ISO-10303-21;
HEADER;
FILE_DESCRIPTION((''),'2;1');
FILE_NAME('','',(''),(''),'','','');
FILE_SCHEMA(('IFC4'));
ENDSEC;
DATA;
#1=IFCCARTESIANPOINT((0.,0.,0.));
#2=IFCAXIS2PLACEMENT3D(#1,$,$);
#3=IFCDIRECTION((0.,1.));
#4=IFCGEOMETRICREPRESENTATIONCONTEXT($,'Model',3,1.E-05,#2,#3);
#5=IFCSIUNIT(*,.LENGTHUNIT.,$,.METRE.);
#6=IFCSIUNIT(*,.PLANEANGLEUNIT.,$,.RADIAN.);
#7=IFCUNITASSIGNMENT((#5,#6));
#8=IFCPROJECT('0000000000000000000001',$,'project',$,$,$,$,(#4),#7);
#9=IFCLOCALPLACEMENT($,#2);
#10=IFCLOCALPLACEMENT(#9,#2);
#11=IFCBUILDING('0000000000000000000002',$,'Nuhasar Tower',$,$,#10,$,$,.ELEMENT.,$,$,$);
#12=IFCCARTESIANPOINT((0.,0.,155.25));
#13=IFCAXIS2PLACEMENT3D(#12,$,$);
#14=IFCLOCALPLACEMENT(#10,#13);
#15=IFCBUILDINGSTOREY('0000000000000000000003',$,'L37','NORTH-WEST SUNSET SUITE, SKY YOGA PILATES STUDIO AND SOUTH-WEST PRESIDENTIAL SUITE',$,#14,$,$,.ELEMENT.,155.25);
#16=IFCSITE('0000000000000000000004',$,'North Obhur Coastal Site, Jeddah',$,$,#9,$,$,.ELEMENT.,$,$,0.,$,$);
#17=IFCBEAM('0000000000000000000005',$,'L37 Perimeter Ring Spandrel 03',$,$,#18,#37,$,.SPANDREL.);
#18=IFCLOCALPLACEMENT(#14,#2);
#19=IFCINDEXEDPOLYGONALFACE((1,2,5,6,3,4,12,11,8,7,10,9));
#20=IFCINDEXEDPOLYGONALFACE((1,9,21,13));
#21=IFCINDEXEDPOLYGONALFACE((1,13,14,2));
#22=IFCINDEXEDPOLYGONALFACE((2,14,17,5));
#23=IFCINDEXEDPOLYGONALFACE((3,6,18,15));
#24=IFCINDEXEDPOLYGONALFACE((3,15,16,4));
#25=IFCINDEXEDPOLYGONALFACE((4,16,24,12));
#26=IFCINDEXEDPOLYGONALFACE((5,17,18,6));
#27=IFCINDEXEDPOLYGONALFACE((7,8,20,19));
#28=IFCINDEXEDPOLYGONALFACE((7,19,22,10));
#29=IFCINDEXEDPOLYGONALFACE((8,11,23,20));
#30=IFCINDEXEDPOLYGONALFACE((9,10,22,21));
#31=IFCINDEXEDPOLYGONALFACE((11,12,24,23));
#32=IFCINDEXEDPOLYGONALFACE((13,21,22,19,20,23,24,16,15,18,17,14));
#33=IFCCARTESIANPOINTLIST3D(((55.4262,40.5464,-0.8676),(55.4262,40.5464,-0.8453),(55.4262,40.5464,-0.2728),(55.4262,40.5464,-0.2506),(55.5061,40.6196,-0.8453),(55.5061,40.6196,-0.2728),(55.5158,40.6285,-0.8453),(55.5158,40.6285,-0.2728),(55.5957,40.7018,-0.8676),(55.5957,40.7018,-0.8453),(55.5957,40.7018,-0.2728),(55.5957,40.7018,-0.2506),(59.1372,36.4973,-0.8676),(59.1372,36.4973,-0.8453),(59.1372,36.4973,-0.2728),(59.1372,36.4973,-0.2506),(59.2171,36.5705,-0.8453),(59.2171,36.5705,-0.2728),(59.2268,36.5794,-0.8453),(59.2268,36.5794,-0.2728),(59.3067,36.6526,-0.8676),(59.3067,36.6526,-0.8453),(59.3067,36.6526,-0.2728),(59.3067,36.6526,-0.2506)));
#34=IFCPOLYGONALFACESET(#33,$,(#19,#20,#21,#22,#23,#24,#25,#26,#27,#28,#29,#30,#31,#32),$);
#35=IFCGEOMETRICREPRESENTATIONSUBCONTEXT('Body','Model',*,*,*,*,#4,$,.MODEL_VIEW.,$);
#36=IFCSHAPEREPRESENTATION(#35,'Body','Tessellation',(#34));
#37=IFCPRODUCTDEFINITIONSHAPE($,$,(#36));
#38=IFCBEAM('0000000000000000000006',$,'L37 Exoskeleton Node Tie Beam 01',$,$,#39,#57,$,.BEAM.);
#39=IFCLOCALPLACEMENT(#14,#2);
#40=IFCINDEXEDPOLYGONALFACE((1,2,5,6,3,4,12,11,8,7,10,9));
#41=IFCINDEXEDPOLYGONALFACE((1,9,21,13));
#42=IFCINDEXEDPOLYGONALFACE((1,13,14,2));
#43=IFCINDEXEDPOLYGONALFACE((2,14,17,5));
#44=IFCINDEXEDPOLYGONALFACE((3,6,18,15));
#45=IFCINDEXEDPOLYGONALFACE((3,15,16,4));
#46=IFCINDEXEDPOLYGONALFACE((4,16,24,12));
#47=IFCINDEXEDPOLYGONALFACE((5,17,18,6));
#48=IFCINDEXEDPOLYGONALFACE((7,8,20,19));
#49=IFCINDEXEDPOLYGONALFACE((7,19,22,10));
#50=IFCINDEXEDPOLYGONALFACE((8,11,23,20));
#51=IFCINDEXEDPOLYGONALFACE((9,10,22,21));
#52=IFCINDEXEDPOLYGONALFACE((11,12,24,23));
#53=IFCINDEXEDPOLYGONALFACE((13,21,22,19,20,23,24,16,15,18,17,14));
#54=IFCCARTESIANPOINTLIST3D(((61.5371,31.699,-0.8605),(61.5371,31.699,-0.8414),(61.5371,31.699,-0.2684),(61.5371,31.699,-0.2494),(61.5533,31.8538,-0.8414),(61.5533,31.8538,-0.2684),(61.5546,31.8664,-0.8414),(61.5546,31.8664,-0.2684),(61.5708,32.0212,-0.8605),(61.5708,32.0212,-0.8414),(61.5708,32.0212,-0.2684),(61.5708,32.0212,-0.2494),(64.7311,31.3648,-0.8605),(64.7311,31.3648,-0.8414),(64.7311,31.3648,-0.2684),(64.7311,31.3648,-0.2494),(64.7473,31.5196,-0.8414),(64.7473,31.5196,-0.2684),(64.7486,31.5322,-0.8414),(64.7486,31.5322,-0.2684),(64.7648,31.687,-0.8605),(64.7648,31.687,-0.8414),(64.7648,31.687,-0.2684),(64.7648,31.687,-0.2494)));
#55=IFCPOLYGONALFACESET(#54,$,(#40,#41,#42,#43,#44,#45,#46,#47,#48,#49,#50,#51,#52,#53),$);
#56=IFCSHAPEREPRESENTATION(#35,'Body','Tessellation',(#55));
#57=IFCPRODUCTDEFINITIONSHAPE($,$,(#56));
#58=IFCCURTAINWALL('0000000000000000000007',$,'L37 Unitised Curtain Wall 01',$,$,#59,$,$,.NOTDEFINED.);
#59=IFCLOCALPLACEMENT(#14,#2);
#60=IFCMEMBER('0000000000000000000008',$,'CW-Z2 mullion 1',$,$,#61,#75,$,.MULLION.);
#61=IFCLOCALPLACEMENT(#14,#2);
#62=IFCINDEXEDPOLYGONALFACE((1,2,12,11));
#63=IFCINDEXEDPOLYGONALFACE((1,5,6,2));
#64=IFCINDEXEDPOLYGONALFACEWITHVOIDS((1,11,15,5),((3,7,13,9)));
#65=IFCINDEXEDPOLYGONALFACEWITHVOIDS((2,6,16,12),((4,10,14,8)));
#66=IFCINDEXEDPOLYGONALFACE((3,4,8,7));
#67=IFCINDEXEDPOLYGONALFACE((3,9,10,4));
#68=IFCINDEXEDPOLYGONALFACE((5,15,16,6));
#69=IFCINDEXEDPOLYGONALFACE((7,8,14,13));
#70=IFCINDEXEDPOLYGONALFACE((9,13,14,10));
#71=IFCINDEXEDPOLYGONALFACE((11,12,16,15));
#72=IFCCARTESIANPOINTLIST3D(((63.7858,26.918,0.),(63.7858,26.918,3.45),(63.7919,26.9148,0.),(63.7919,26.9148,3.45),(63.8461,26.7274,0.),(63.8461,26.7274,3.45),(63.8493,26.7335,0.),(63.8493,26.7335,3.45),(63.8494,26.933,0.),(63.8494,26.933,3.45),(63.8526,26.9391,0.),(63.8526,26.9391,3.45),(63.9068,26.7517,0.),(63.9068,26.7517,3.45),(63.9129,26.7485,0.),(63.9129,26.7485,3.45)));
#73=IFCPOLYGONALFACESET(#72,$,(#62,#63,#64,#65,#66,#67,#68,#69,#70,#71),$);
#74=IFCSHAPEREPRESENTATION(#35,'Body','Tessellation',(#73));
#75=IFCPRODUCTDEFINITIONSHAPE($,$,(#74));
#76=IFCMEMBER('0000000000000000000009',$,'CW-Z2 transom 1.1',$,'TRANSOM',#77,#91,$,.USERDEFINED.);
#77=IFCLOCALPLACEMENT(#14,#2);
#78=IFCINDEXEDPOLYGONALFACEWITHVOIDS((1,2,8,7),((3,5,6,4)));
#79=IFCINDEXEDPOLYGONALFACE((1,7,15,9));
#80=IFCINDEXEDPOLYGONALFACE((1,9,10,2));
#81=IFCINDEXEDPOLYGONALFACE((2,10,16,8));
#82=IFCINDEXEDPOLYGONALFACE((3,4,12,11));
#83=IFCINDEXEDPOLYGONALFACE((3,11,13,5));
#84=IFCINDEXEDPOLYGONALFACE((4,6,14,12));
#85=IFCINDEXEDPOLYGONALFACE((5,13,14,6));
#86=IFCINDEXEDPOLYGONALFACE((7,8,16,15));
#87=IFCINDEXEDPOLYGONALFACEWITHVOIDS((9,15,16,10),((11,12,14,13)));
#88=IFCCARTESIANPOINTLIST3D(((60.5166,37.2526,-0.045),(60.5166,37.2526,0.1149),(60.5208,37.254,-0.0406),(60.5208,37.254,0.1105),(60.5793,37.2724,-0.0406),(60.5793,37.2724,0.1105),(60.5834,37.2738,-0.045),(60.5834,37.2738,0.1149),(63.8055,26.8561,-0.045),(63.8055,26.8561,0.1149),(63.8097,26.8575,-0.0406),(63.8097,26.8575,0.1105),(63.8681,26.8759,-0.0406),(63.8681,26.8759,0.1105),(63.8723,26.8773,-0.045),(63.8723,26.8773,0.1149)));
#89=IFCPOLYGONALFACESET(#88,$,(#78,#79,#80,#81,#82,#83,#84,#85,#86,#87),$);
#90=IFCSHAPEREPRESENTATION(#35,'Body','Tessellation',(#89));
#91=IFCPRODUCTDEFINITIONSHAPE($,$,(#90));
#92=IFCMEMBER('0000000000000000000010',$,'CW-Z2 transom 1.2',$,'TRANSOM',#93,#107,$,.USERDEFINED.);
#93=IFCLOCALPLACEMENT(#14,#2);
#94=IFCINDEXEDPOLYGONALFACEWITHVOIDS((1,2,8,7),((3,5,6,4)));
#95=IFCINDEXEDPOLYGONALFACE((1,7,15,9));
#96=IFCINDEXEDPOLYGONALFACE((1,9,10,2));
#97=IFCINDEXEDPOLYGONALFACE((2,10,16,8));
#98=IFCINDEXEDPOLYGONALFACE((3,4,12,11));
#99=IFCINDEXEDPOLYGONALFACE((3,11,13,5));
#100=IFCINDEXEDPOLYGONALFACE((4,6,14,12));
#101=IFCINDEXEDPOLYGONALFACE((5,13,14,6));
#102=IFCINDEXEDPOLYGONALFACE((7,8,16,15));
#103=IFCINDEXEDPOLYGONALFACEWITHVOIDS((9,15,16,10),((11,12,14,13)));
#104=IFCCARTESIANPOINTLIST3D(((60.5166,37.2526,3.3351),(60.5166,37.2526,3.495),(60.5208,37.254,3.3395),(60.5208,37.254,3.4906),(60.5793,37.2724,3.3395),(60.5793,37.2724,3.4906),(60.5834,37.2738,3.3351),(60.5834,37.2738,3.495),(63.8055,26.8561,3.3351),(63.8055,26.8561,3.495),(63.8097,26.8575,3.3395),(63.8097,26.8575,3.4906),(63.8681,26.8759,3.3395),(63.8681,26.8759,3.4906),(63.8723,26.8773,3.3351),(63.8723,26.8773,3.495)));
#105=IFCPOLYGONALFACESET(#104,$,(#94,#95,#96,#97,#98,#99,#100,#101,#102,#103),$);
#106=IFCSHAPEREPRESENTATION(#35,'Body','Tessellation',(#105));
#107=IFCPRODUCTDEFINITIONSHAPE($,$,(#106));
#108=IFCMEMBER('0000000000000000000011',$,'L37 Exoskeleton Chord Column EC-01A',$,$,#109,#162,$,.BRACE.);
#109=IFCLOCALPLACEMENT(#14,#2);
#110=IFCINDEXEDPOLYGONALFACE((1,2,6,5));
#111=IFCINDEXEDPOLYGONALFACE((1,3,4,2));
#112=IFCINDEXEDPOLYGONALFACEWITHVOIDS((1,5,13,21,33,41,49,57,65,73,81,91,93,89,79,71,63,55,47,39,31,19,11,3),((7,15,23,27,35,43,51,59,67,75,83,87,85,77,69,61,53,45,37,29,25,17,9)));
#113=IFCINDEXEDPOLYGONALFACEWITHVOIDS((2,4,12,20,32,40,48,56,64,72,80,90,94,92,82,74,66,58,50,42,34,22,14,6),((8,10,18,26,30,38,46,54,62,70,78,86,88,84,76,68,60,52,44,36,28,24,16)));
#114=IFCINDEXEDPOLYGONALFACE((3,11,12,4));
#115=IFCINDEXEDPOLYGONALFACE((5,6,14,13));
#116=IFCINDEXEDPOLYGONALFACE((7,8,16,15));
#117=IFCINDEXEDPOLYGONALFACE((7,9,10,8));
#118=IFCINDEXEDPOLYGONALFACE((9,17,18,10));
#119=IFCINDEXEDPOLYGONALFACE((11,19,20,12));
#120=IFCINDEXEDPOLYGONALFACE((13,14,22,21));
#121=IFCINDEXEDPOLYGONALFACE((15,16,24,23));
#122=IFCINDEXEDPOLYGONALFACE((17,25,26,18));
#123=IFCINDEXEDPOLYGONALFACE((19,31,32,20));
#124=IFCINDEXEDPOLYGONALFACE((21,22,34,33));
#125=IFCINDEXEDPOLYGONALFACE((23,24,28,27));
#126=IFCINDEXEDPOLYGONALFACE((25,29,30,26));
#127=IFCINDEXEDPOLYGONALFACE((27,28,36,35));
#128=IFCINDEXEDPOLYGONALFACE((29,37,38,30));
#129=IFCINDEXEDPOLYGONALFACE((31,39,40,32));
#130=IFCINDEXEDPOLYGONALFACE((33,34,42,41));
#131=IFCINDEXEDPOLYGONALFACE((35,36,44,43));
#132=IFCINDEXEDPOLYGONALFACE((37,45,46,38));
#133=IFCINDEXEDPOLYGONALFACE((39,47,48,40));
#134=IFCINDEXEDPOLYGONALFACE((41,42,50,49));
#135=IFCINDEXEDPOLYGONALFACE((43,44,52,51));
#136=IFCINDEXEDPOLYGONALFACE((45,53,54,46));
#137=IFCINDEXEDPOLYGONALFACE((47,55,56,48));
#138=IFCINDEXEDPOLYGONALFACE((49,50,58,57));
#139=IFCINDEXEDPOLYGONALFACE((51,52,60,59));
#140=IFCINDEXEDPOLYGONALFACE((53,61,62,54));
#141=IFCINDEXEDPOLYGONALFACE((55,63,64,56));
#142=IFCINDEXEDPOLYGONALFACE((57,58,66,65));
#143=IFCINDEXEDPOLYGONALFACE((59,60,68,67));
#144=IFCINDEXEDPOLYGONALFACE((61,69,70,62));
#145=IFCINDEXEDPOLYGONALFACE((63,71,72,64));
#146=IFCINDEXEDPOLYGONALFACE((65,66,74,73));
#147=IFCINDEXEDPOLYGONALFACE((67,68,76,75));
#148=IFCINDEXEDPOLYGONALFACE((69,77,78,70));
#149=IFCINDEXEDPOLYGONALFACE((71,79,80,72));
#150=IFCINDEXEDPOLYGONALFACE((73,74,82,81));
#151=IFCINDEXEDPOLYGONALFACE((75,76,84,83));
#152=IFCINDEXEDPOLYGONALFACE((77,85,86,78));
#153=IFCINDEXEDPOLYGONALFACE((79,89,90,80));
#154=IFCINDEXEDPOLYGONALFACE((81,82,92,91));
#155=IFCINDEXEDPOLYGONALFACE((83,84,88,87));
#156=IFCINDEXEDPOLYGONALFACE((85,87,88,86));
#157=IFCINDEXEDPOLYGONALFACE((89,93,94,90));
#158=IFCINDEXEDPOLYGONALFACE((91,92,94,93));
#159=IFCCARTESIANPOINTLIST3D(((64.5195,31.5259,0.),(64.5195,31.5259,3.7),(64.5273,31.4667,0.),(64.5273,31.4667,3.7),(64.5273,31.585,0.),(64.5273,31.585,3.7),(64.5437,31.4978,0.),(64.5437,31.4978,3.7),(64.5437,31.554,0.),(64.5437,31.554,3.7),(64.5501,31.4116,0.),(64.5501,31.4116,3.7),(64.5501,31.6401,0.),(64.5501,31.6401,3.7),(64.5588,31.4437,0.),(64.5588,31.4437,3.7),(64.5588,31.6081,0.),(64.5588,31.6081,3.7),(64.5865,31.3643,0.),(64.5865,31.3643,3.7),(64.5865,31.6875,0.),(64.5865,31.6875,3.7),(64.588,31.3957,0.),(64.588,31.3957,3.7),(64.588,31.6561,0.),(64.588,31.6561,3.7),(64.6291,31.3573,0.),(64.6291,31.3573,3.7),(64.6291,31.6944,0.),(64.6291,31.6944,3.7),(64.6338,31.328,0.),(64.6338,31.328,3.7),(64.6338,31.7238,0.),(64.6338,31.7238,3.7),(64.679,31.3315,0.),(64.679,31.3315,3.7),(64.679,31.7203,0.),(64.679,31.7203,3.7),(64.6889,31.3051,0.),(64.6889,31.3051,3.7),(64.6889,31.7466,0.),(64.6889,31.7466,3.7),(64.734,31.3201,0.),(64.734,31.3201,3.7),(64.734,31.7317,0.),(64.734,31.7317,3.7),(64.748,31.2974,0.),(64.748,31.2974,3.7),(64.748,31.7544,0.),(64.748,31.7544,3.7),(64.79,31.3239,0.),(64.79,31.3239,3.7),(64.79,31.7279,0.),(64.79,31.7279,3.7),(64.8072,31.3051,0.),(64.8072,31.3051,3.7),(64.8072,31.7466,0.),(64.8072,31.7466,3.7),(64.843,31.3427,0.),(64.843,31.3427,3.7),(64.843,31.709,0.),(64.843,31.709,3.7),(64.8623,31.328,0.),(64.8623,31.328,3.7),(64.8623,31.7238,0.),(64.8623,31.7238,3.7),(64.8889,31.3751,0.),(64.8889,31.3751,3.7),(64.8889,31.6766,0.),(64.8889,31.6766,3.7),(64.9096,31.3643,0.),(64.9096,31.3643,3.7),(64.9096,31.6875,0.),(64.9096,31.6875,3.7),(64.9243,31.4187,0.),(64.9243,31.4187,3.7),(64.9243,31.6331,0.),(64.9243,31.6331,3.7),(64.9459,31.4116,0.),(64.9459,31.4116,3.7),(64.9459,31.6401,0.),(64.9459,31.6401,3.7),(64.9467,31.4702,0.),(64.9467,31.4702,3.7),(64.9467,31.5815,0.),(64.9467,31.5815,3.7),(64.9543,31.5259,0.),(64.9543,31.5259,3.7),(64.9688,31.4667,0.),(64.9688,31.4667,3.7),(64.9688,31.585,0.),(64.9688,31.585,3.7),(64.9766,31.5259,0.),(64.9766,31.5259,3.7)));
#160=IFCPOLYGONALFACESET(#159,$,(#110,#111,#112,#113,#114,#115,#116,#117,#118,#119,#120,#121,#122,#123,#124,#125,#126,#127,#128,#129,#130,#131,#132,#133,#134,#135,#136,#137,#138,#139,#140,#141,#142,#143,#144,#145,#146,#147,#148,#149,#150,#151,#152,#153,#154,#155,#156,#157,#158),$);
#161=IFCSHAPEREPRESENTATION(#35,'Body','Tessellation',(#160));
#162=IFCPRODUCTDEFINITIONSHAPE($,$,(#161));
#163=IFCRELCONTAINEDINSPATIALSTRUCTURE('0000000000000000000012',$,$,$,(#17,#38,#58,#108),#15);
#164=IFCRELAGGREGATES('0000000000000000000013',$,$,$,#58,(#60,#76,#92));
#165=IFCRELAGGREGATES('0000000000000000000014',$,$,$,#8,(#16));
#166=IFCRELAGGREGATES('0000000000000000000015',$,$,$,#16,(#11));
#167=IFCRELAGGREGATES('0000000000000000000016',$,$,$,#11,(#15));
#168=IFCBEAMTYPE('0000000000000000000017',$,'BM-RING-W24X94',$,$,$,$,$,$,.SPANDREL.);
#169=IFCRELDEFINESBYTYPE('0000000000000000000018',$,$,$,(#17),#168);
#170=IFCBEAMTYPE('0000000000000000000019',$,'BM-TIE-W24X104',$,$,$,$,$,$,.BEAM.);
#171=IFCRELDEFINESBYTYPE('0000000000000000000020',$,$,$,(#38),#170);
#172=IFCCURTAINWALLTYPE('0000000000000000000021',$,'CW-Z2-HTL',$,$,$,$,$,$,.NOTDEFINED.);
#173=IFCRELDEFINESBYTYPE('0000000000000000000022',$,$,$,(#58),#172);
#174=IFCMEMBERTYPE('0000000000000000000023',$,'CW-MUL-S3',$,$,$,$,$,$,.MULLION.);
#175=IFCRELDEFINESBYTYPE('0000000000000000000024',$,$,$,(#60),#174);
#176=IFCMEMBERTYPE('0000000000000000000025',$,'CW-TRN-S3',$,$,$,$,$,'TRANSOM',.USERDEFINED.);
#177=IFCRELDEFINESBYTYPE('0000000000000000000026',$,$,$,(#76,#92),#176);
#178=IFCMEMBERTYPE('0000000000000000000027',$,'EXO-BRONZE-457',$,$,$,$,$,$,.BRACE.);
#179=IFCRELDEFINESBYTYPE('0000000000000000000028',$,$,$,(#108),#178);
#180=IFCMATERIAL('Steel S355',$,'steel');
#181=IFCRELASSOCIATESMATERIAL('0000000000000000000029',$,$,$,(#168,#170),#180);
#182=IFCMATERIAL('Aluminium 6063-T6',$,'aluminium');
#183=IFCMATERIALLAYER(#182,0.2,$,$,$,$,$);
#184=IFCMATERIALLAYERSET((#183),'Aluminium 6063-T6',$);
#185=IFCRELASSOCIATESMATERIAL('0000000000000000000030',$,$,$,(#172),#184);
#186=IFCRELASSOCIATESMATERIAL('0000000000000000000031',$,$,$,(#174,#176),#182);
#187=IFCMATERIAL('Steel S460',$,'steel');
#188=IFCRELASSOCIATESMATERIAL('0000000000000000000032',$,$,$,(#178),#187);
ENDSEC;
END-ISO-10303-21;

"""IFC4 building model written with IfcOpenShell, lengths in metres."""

from ifc_helpers import new_model, si_unit, direction, frame, origin, origin_2d, place, context, subcontext, project, spatial, hollow_rectangle, hollow_circle, i_section, extrude, material, layer, layer_set, material_profile, profile_set, type_object, element, aggregate, save


model = new_model("IFC4")

# Units and contexts
model_context = context("Model", 3, precision=1e-05, world=origin(), true_north=direction((0.0, 1.0)))
body_context = subcontext(model_context, "Body", "Model", "MODEL_VIEW")
ifc_project = project(units=[si_unit("LENGTHUNIT", "METRE"), si_unit("PLANEANGLEUNIT", "RADIAN")], contexts=[model_context])

# Site, building, storey
site_placement = place(None, origin())
site = spatial("IfcSite", under=ifc_project, at=site_placement, Name="North Obhur Coastal Site, Jeddah", CompositionType="ELEMENT", RefElevation=0.0)
building_placement = place(site_placement, origin())
building = spatial("IfcBuilding", under=site, at=building_placement, Name="Nuhasar Tower", CompositionType="ELEMENT")
storey_placement = place(building_placement, frame((0.0, 0.0, 155.25)))
storey = spatial("IfcBuildingStorey", under=building, at=storey_placement, Name="L37", Description="NORTH-WEST SUNSET SUITE, SKY YOGA PILATES STUDIO AND SOUTH-WEST PRESIDENTIAL SUITE", CompositionType="ELEMENT", Elevation=155.25)

# Beams
ifc_material_1 = material(Name="Steel S355", Category="steel")
ifc_material_profile_1 = material_profile(ifc_material_1, i_section(OverallWidth=0.23, OverallDepth=0.6169, WebThickness=0.0132, FlangeThickness=0.0222, at=origin_2d()), Name="W24X94")
ifc_profile_set_1 = profile_set([ifc_material_profile_1], Name="Steel S355")
beam_type_1 = type_object("IfcBeamType", Name="BM-RING-W24X94", PredefinedType="SPANDREL", material=ifc_profile_set_1)
beam_1_placement = place(storey_placement, frame((59.2219, 36.575, -0.5591), z_axis=(-0.675654, 0.737219, 0.0), x_axis=(-0.737219, -0.675654, 0.0)))
element("IfcBeam", 1, at=beam_1_placement, inside=storey, type_object=beam_type_1, Name="L37 Perimeter Ring Spandrel 03", PredefinedType="SPANDREL", context=body_context, shape_type="SweptSolid", body=[
    extrude(i_section(OverallWidth=0.23, OverallDepth=0.6169, WebThickness=0.0132, FlangeThickness=0.0222, at=origin_2d()), origin(), (0.0, 0.0, 1.0), 5.4924),
])
ifc_material_profile_2 = material_profile(ifc_material_1, i_section(OverallWidth=0.324, OverallDepth=0.6111, WebThickness=0.0127, FlangeThickness=0.019, at=origin_2d()), Name="W24X104")
ifc_profile_set_2 = profile_set([ifc_material_profile_2], Name="Steel S355")
beam_type_2 = type_object("IfcBeamType", Name="BM-TIE-W24X104", PredefinedType="BEAM", material=ifc_profile_set_2)
beam_2_placement = place(storey_placement, frame((61.554, 31.8601, -0.5549), z_axis=(0.99457, -0.104071, 0.0), x_axis=(0.104071, 0.99457, 0.0)))
element("IfcBeam", 2, at=beam_2_placement, inside=storey, type_object=beam_type_2, Name="L37 Exoskeleton Node Tie Beam 01", PredefinedType="BEAM", context=body_context, shape_type="SweptSolid", body=[
    extrude(i_section(OverallWidth=0.324, OverallDepth=0.6111, WebThickness=0.0127, FlangeThickness=0.019, at=origin_2d()), origin(), (0.0, 0.0, 1.0), 3.2114),
])

# Curtain wall, members
ifc_material_2 = material(Name="Aluminium 6063-T6", Category="aluminium")
ifc_layer_1 = layer(ifc_material_2, 0.2)
ifc_layer_set_1 = layer_set([ifc_layer_1], Name="Aluminium 6063-T6")
curtain_wall_type = type_object("IfcCurtainWallType", Name="CW-Z2-HTL", PredefinedType="NOTDEFINED", material=ifc_layer_set_1)
curtain_wall_placement = place(storey_placement, origin())
curtain_wall = element("IfcCurtainWall", 3, at=curtain_wall_placement, inside=storey, type_object=curtain_wall_type, Name="L37 Unitised Curtain Wall 01", PredefinedType="NOTDEFINED")
ifc_material_profile_3 = material_profile(ifc_material_2, hollow_rectangle(XDim=0.0701, YDim=0.2, WallThickness=0.0049, at=origin_2d()), Name="CWM-3")
ifc_profile_set_3 = profile_set([ifc_material_profile_3], Name="Aluminium 6063-T6")
member_type_1 = type_object("IfcMemberType", Name="CW-MUL-S3", PredefinedType="MULLION", material=ifc_profile_set_3)
member_1_placement = place(storey_placement, frame((63.8494, 26.8333, 0.0), z_axis=(0.0, 0.0, 1.0), x_axis=(-0.953433, -0.301604, 0.0)))
member_1 = element("IfcMember", 4, at=member_1_placement, type_object=member_type_1, Name="CW-Z2 mullion 1", PredefinedType="MULLION", context=body_context, shape_type="SweptSolid", body=[
    extrude(hollow_rectangle(XDim=0.0701, YDim=0.2, WallThickness=0.0049, at=origin_2d()), origin(), (0.0, 0.0, 1.0), 3.45),
])
ifc_material_profile_4 = material_profile(ifc_material_2, hollow_rectangle(XDim=0.0701, YDim=0.1599, WallThickness=0.0044, at=origin_2d()), Name="CWT-3")
ifc_profile_set_4 = profile_set([ifc_material_profile_4], Name="Aluminium 6063-T6")
member_type_2 = type_object("IfcMemberType", Name="CW-TRN-S3", ElementType="TRANSOM", PredefinedType="USERDEFINED", material=ifc_profile_set_4)
member_2_placement = place(storey_placement, frame((63.8389, 26.8667, 0.0349), z_axis=(-0.301608, 0.953432, 0.0), x_axis=(-0.953432, -0.301608, 0.0)))
member_2 = element("IfcMember", 5, at=member_2_placement, type_object=member_type_2, Name="CW-Z2 transom 1.1", ObjectType="TRANSOM", PredefinedType="USERDEFINED", context=body_context, shape_type="SweptSolid", body=[
    extrude(hollow_rectangle(XDim=0.0701, YDim=0.1599, WallThickness=0.0044, at=origin_2d()), origin(), (0.0, 0.0, 1.0), 10.9043),
])
member_3_placement = place(storey_placement, frame((63.8389, 26.8667, 3.415), z_axis=(-0.301608, 0.953432, 0.0), x_axis=(-0.953432, -0.301608, 0.0)))
member_3 = element("IfcMember", 6, at=member_3_placement, type_object=member_type_2, Name="CW-Z2 transom 1.2", ObjectType="TRANSOM", PredefinedType="USERDEFINED", context=body_context, shape_type="SweptSolid", body=[
    extrude(hollow_rectangle(XDim=0.0701, YDim=0.1599, WallThickness=0.0044, at=origin_2d()), origin(), (0.0, 0.0, 1.0), 10.9043),
])

# Member
ifc_material_3 = material(Name="Steel S460", Category="steel")
ifc_material_profile_5 = material_profile(ifc_material_3, hollow_circle(Radius=0.2285, WallThickness=0.0222, at=origin_2d()), Name="HSS457X22.2")
ifc_profile_set_5 = profile_set([ifc_material_profile_5], Name="Steel S460")
member_type_3 = type_object("IfcMemberType", Name="EXO-BRONZE-457", PredefinedType="BRACE", material=ifc_profile_set_5)
for number, where, z_axis, x_axis, name in (
    (7, (64.748, 31.5259, 0.0), (0.0, 0.0, 1.0), (1.0, 0.0, 0.0), "L37 Exoskeleton Chord Column EC-01A"),
):
    element("IfcMember", number, at=place(storey_placement, frame(where, z_axis=z_axis, x_axis=x_axis)), inside=storey, type_object=member_type_3, Name=name, PredefinedType="BRACE", context=body_context, shape_type="SweptSolid", body=[
        extrude(hollow_circle(Radius=0.2285, WallThickness=0.0222, at=origin_2d()), origin(), (0.0, 0.0, 1.0), 3.7),
    ])

aggregate(curtain_wall, [member_1, member_2, member_3])

save(model, "model.ifc")
